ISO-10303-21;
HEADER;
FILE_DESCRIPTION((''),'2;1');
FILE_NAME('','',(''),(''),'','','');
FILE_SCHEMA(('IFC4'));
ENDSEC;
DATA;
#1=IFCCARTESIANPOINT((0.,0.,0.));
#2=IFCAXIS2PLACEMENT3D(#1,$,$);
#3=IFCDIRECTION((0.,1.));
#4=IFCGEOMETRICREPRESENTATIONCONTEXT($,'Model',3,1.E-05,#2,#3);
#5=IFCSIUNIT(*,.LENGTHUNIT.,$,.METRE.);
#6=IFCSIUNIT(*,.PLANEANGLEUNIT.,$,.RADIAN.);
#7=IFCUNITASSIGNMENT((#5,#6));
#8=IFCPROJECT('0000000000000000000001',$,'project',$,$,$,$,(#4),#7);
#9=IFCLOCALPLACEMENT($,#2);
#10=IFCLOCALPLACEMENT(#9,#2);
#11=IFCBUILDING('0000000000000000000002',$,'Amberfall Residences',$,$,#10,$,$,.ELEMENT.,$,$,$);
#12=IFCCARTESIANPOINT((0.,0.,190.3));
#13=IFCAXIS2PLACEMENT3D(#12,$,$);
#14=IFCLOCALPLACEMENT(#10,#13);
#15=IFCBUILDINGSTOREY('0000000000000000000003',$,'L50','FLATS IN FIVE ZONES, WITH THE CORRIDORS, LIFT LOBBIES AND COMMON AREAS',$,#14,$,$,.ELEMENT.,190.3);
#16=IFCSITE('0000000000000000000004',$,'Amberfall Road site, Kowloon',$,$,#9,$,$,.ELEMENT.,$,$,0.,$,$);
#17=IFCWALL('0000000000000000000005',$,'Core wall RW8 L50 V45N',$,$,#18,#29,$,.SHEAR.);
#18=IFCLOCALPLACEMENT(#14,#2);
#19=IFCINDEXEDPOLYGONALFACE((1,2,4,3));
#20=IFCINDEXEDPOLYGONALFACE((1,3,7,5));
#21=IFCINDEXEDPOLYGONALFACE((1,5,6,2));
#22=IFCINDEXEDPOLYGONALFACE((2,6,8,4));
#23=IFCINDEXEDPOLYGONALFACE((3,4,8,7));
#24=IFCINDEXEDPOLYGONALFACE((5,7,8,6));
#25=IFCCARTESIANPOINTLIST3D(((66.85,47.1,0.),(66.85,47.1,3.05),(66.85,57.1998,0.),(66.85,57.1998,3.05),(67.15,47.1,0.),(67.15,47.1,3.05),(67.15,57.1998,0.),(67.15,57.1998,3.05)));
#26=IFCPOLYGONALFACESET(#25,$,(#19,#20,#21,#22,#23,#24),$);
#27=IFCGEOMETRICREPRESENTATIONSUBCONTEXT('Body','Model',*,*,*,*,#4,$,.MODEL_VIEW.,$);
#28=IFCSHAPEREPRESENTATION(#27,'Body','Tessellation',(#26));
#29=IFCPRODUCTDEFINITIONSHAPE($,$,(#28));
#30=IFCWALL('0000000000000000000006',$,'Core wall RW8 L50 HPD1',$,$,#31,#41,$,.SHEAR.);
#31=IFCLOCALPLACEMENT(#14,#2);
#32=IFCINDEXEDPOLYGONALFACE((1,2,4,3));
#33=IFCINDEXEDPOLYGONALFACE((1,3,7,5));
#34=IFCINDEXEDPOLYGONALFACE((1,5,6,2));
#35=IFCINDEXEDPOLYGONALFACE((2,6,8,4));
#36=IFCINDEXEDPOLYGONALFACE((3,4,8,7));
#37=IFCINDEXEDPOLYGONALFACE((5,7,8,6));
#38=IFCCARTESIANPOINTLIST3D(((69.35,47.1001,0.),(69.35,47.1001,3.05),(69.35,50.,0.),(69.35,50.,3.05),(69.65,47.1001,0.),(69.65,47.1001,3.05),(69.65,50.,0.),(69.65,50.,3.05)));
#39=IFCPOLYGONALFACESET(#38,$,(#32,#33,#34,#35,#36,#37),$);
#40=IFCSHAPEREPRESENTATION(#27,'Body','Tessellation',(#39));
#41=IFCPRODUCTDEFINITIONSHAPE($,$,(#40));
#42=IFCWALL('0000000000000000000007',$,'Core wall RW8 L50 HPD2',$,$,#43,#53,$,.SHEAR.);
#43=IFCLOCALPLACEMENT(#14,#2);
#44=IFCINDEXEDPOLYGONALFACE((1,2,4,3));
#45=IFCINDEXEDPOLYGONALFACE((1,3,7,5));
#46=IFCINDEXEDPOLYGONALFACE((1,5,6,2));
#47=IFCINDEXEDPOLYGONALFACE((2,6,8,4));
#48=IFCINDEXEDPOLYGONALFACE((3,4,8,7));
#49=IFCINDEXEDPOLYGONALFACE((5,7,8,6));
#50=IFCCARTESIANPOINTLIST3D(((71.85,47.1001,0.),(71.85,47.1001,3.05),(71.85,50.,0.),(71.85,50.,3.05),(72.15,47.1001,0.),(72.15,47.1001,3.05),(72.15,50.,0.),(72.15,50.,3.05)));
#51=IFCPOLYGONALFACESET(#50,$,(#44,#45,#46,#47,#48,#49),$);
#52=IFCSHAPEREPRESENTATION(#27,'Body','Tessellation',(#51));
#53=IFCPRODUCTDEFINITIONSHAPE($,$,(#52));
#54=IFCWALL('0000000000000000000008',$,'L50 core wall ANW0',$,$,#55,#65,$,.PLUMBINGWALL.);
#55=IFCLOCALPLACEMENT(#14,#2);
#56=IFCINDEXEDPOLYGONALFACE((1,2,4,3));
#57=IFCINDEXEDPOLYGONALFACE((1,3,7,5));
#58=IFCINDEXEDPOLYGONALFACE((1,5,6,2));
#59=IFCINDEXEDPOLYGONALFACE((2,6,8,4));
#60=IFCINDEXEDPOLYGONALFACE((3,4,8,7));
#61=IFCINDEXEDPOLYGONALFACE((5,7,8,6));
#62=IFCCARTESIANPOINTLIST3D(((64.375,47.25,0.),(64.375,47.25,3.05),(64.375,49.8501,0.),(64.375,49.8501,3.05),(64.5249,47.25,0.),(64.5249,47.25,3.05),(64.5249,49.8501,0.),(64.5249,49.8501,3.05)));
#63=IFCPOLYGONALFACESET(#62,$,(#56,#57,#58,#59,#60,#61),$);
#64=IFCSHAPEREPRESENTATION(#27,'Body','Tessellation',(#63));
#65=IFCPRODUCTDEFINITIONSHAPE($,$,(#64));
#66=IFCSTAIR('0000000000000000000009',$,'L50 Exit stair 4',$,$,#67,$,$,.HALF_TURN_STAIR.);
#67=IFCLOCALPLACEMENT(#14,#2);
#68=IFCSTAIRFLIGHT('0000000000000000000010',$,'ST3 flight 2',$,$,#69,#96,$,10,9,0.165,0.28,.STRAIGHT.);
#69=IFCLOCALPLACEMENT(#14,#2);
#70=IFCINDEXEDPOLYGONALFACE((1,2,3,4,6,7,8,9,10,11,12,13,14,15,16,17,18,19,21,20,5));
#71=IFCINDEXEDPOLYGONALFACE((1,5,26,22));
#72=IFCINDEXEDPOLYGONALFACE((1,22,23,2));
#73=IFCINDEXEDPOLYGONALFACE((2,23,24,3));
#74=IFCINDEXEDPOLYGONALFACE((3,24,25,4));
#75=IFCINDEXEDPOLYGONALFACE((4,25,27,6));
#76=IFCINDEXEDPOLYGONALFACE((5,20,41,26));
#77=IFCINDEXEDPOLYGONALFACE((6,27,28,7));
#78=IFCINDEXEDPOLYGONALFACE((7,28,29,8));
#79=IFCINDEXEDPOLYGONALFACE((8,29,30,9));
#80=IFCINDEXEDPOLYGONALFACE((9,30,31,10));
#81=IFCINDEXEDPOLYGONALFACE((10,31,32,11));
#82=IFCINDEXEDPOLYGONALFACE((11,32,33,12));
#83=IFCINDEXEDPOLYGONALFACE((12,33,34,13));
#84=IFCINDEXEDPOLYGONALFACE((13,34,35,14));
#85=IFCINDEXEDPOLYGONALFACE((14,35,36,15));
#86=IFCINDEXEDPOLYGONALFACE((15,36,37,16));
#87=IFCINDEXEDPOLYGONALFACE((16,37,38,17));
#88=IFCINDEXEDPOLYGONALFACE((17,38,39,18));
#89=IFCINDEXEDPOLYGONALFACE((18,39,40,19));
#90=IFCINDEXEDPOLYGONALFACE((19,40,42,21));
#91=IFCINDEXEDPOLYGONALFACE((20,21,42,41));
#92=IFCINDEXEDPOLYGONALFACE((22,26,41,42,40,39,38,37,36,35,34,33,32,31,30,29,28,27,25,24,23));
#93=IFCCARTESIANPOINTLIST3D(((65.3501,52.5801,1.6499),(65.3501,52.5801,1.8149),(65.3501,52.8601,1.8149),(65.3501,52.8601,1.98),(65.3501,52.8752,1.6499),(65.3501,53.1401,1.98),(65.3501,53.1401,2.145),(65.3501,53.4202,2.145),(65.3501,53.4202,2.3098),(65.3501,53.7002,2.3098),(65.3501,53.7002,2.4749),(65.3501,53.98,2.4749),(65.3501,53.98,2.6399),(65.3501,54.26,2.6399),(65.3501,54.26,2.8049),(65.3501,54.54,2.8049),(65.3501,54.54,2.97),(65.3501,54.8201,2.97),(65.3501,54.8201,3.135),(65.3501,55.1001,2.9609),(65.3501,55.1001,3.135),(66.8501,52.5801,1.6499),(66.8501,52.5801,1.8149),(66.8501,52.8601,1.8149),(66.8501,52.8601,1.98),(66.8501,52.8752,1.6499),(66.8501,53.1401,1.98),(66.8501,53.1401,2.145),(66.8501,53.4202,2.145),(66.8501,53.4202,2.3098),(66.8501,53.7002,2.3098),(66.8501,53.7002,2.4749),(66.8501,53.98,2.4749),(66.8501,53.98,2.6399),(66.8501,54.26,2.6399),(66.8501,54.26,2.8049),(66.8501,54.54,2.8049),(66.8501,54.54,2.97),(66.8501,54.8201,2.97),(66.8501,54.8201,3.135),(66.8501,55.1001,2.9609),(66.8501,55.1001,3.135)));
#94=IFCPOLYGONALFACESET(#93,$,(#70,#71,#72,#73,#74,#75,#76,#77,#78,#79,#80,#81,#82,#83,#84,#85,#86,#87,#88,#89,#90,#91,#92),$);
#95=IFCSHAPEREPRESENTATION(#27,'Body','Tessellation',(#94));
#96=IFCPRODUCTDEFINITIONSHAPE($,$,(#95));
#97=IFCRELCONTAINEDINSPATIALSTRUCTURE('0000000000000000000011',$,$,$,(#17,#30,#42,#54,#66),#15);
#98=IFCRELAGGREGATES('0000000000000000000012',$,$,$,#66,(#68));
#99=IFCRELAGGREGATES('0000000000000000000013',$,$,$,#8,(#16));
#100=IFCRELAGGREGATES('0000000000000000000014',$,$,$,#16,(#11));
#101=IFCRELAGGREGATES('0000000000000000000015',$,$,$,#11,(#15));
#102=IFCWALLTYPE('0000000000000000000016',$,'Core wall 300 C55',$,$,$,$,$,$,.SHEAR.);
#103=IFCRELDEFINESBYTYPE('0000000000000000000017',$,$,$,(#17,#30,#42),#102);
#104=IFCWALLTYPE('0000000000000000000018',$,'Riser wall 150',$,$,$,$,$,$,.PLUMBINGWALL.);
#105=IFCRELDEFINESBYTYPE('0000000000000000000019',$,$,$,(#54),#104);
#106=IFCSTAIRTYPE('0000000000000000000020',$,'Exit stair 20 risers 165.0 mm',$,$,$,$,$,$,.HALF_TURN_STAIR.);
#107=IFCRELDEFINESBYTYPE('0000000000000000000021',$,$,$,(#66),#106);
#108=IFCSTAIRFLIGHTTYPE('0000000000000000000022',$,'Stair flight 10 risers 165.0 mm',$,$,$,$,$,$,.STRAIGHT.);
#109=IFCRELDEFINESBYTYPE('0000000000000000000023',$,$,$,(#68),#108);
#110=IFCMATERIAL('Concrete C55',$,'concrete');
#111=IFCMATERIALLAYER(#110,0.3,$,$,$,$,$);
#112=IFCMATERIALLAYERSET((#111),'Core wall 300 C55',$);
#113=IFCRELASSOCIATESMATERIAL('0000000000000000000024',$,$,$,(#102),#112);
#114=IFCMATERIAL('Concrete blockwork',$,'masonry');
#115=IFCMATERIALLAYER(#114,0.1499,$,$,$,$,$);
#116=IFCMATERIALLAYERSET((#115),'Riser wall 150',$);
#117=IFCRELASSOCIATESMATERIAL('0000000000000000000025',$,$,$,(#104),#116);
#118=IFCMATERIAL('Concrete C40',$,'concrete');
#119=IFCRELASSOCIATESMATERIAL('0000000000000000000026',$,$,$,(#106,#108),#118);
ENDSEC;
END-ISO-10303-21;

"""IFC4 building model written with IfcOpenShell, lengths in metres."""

from ifc_helpers import new_model, si_unit, direction, frame, frame_2d, origin, place, context, subcontext, project, spatial, polyline, rectangle, outline, extrude, material, layer, layer_set, type_object, element, aggregate, save


model = new_model("IFC4")

# Units and contexts
model_context = context("Model", 3, precision=1e-05, world=origin(), true_north=direction((0.0, 1.0)))
body_context = subcontext(model_context, "Body", "Model", "MODEL_VIEW")
ifc_project = project(units=[si_unit("LENGTHUNIT", "METRE"), si_unit("PLANEANGLEUNIT", "RADIAN")], contexts=[model_context])

# Site, building, storey
site_placement = place(None, origin())
site = spatial("IfcSite", under=ifc_project, at=site_placement, Name="Amberfall Road site, Kowloon", CompositionType="ELEMENT", RefElevation=0.0)
building_placement = place(site_placement, origin())
building = spatial("IfcBuilding", under=site, at=building_placement, Name="Amberfall Residences", CompositionType="ELEMENT")
storey_placement = place(building_placement, frame((0.0, 0.0, 190.3)))
storey = spatial("IfcBuildingStorey", under=building, at=storey_placement, Name="L50", Description="FLATS IN FIVE ZONES, WITH THE CORRIDORS, LIFT LOBBIES AND COMMON AREAS", CompositionType="ELEMENT", Elevation=190.3)

# Walls
ifc_material_1 = material(Name="Concrete C55", Category="concrete")
ifc_layer_1 = layer(ifc_material_1, 0.3)
ifc_layer_set_1 = layer_set([ifc_layer_1], Name="Core wall 300 C55")
wall_type_1 = type_object("IfcWallType", Name="Core wall 300 C55", PredefinedType="SHEAR", material=ifc_layer_set_1)
wall_1_placement = place(storey_placement, frame((67.0, 47.1001, 0.0), z_axis=(0.0, 0.0, 1.0), x_axis=(0.0, 1.0, 0.0)))
element("IfcWall", 1, at=wall_1_placement, inside=storey, type_object=wall_type_1, Name="Core wall RW8 L50 V45N", PredefinedType="SHEAR", context=body_context, shape_type="SweptSolid", body=[
    extrude(rectangle(XDim=10.0999, YDim=0.3, at=frame_2d((5.0498, 0.0))), origin(), (0.0, 0.0, 1.0), 3.05),
])
for number, where, z_axis, x_axis, name in (
    (2, (69.5, 47.1001, 0.0), (0.0, 0.0, 1.0), (0.0, 1.0, 0.0), "Core wall RW8 L50 HPD1"),
    (3, (72.0, 47.1001, 0.0), (0.0, 0.0, 1.0), (0.0, 1.0, 0.0), "Core wall RW8 L50 HPD2"),
):
    element("IfcWall", number, at=place(storey_placement, frame(where, z_axis=z_axis, x_axis=x_axis)), inside=storey, type_object=wall_type_1, Name=name, PredefinedType="SHEAR", context=body_context, shape_type="SweptSolid", body=[
        extrude(rectangle(XDim=2.8999, YDim=0.3, at=frame_2d((1.45, 0.0))), origin(), (0.0, 0.0, 1.0), 3.05),
    ])
ifc_material_2 = material(Name="Concrete blockwork", Category="masonry")
ifc_layer_2 = layer(ifc_material_2, 0.1499)
ifc_layer_set_2 = layer_set([ifc_layer_2], Name="Riser wall 150")
wall_type_2 = type_object("IfcWallType", Name="Riser wall 150", PredefinedType="PLUMBINGWALL", material=ifc_layer_set_2)
wall_2_placement = place(storey_placement, frame((64.45, 47.25, 0.0), z_axis=(0.0, 0.0, 1.0), x_axis=(0.0, 1.0, 0.0)))
element("IfcWall", 4, at=wall_2_placement, inside=storey, type_object=wall_type_2, Name="L50 core wall ANW0", PredefinedType="PLUMBINGWALL", context=body_context, shape_type="SweptSolid", body=[
    extrude(rectangle(XDim=2.6001, YDim=0.1499, at=frame_2d((1.3, 0.0))), origin(), (0.0, 0.0, 1.0), 3.05),
])

# Stair, stair flight
ifc_material_3 = material(Name="Concrete C40", Category="concrete")
stair_type = type_object("IfcStairType", Name="Exit stair 20 risers 165.0 mm", PredefinedType="HALF_TURN_STAIR", material=ifc_material_3)
stair_placement = place(storey_placement, origin())
stair = element("IfcStair", 5, at=stair_placement, inside=storey, type_object=stair_type, Name="L50 Exit stair 4", PredefinedType="HALF_TURN_STAIR")
stair_flight_type = type_object("IfcStairFlightType", Name="Stair flight 10 risers 165.0 mm", PredefinedType="STRAIGHT", material=ifc_material_3)
stair_flight_placement = place(storey_placement, frame((66.1001, 52.5801, 1.6499), z_axis=(0.0, 0.0, 1.0), x_axis=(0.0, 1.0, 0.0)))
stair_flight = element("IfcStairFlight", 6, at=stair_flight_placement, type_object=stair_flight_type, Name="ST3 flight 2", NumberOfRisers=10, NumberOfTreads=9, PredefinedType="STRAIGHT", RiserHeight=0.165, TreadLength=0.28, context=body_context, shape_type="SweptSolid", body=[
    extrude(outline(polyline([(0.0, 0.0), (0.0, 0.165), (0.28, 0.165), (0.28, 0.3301), (0.5601, 0.3301), (0.5601, 0.4951), (0.8401, 0.4951), (0.8401, 0.6599), (1.1201, 0.6599), (1.1201, 0.825), (1.3999, 0.825), (1.3999, 0.99), (1.6799, 0.99), (1.6799, 1.155), (1.96, 1.155), (1.96, 1.3201), (2.24, 1.3201), (2.24, 1.4851), (2.52, 1.4851), (2.52, 1.6499), (2.52, 1.311), (0.2952, 0.0), (0.0, 0.0)])), frame((0.0, 0.75, 0.0), z_axis=(0.0, -1.0, 0.0), x_axis=(1.0, 0.0, 0.0)), (0.0, 0.0, 1.0), 1.5),
])
aggregate(stair, [stair_flight])

save(model, "model.ifc")
